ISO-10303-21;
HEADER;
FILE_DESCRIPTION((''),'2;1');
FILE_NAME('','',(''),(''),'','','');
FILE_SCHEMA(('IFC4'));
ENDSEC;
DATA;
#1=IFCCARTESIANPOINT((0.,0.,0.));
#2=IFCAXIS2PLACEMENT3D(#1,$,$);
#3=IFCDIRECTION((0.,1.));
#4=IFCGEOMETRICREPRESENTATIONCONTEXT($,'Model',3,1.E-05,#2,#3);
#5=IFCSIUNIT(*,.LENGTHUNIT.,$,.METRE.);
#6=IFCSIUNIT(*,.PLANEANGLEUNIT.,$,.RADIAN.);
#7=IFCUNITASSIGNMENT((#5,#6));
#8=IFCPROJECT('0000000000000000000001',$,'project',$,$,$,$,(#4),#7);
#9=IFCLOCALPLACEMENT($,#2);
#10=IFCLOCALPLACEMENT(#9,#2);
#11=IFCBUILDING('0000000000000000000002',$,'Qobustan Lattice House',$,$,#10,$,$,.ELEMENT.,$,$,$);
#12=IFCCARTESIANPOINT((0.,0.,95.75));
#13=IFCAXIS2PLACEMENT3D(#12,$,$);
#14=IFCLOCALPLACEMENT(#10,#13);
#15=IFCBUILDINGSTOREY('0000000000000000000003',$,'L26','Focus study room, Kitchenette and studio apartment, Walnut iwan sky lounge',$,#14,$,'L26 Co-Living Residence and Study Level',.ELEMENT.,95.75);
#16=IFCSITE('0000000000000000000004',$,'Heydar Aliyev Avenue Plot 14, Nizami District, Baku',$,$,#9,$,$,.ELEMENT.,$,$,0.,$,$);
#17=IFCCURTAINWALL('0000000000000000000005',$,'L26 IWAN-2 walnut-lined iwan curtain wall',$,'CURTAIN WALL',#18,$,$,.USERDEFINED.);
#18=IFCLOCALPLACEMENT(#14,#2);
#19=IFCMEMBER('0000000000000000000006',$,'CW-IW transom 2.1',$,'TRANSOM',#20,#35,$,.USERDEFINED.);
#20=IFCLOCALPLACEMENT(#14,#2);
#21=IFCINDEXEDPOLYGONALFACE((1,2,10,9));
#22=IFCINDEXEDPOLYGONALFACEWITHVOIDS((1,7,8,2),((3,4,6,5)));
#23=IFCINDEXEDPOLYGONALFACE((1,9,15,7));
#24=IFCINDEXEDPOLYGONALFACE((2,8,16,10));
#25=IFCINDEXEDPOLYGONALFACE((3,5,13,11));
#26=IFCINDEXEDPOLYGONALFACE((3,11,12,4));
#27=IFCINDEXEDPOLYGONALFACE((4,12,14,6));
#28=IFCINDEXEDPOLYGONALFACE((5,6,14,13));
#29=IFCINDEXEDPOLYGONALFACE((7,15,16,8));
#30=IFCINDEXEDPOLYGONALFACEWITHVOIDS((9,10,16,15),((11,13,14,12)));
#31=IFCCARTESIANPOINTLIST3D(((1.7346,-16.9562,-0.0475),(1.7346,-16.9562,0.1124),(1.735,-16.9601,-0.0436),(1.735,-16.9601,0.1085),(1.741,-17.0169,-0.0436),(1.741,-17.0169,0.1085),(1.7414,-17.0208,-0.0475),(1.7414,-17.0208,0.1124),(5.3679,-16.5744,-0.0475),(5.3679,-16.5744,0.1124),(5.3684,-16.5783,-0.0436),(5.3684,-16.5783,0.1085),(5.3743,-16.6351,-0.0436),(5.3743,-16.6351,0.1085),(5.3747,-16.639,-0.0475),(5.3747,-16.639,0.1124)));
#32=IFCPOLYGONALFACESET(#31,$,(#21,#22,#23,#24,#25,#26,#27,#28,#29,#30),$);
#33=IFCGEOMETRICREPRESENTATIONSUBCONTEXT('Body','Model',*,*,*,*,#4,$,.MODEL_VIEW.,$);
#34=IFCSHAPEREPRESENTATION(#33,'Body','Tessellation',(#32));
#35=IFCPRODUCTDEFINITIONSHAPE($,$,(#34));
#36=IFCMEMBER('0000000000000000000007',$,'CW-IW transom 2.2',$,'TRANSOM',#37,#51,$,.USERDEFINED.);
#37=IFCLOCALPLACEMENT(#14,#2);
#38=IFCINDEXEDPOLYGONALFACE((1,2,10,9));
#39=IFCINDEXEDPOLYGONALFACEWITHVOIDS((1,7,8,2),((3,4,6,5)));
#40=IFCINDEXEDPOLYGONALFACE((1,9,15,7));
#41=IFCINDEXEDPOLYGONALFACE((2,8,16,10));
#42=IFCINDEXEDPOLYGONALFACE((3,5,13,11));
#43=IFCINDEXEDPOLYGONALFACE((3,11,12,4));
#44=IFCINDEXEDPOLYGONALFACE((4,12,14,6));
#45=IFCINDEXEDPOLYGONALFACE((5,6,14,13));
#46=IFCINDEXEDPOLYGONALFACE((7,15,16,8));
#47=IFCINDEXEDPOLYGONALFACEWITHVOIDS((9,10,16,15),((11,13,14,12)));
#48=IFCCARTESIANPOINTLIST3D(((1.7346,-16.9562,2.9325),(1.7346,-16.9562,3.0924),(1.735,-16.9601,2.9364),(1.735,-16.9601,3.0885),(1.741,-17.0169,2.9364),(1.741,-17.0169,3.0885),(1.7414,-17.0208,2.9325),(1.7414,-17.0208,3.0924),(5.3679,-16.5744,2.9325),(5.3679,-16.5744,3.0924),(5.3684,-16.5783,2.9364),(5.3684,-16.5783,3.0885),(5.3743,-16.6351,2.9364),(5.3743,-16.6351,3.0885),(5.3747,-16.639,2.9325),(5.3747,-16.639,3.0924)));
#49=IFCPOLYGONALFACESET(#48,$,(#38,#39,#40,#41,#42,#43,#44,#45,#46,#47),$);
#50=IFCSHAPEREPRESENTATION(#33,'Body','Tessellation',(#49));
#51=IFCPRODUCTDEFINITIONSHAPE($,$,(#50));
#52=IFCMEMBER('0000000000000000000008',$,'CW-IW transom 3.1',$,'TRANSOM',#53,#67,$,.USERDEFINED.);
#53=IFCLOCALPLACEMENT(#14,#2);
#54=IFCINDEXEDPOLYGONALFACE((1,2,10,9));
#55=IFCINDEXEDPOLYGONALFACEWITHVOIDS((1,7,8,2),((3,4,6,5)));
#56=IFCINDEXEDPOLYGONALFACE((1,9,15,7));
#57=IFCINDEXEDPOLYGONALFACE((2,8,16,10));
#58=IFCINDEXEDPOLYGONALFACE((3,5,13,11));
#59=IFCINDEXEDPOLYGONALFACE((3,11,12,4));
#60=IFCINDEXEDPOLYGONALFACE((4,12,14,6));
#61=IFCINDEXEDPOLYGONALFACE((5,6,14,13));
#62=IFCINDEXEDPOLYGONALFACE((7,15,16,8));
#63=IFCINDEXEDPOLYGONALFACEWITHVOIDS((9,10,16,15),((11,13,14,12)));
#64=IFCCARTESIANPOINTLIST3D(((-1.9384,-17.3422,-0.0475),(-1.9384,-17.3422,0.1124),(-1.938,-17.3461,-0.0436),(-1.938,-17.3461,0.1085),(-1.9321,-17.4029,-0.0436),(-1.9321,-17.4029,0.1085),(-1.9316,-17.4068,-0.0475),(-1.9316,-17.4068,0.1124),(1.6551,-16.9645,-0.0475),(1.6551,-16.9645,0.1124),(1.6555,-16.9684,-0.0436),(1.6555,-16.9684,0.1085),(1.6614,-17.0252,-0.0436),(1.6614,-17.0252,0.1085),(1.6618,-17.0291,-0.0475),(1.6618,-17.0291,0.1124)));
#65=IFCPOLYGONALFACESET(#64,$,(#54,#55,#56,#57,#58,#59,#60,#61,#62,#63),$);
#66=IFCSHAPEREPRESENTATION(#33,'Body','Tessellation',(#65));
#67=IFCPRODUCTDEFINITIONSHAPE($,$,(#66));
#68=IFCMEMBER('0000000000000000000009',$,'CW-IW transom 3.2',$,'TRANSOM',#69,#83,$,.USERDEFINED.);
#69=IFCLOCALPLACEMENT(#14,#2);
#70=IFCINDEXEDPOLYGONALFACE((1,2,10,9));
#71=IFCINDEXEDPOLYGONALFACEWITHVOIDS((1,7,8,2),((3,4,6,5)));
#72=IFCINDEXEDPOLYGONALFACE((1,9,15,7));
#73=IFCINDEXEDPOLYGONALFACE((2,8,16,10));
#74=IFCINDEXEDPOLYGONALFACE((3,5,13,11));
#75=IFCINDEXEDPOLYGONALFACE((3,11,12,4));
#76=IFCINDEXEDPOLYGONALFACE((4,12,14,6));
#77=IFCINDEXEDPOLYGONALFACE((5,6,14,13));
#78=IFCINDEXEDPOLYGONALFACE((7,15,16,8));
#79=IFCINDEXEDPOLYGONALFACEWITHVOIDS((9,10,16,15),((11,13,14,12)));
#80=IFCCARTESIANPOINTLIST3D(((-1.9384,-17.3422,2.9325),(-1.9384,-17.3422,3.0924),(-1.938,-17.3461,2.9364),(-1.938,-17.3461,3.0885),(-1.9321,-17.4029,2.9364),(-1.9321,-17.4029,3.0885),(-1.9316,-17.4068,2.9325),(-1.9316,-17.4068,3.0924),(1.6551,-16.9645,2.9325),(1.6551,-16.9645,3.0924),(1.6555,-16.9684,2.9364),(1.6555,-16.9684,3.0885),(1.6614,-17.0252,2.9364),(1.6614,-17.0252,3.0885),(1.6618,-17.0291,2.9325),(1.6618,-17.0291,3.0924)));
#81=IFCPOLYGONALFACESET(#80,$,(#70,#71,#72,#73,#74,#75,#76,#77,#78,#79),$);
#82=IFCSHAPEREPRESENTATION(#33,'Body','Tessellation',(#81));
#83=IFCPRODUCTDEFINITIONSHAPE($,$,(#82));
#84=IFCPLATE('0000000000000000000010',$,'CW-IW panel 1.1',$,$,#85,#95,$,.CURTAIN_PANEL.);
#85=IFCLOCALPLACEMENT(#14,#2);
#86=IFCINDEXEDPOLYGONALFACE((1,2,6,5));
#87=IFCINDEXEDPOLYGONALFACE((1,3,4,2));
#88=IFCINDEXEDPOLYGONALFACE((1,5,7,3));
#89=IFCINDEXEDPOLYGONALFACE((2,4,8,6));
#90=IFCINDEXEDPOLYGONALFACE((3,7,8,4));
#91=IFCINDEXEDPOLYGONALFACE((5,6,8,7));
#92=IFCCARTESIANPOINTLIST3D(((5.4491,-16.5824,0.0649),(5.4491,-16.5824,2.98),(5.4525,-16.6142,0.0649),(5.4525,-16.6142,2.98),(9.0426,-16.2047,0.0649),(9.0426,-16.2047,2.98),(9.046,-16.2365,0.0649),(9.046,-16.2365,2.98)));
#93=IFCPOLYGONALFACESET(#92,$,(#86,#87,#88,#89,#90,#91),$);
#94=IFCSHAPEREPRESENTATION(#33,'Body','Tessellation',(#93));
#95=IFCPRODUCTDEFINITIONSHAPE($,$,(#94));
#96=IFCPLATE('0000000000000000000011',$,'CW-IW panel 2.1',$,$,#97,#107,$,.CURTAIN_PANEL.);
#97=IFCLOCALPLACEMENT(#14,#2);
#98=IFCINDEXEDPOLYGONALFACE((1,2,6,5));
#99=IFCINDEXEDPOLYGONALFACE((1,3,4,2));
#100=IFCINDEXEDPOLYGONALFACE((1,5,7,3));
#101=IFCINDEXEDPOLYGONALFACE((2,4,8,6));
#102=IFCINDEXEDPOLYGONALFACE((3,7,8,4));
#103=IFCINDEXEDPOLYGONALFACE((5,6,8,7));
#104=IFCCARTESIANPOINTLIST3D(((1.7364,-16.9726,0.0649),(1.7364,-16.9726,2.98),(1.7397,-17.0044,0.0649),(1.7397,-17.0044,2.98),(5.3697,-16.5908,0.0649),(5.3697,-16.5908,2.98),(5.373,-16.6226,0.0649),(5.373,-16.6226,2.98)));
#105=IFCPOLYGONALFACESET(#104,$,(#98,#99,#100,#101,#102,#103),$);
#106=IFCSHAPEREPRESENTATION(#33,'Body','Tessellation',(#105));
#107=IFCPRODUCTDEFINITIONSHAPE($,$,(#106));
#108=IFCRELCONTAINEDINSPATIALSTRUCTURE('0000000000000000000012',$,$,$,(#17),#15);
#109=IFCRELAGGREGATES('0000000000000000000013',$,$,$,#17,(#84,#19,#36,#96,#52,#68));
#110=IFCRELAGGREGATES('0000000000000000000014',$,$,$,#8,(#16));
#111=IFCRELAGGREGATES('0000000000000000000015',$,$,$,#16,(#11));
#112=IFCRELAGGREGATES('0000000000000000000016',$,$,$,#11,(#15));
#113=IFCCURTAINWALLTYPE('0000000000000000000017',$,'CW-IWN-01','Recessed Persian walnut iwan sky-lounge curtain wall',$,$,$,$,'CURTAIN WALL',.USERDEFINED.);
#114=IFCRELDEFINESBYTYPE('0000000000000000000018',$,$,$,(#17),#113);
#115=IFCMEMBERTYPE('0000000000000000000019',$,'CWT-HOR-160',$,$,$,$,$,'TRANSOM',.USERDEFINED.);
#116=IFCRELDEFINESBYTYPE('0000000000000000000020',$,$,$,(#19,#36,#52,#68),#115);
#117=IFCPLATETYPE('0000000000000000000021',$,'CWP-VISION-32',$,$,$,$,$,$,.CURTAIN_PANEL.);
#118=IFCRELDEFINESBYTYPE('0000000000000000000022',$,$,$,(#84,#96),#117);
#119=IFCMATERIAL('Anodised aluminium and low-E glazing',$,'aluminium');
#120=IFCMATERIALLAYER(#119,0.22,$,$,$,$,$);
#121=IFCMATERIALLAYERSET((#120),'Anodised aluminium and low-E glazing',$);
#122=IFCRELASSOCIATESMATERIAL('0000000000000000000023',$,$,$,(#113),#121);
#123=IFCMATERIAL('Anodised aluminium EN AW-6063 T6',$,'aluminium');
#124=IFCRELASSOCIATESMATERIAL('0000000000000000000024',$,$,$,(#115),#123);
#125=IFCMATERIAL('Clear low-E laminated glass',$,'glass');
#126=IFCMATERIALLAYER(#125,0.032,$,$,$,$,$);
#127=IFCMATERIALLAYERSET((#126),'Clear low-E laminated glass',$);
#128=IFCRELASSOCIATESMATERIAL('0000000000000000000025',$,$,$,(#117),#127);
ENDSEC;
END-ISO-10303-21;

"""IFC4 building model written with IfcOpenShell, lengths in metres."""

from ifc_helpers import new_model, si_unit, direction, frame, origin, origin_2d, place, context, subcontext, project, spatial, rectangle, hollow_rectangle, extrude, material, layer, layer_set, material_profile, profile_set, type_object, element, aggregate, save


model = new_model("IFC4")

# Units and contexts
model_context = context("Model", 3, precision=1e-05, world=origin(), true_north=direction((0.0, 1.0)))
body_context = subcontext(model_context, "Body", "Model", "MODEL_VIEW")
ifc_project = project(units=[si_unit("LENGTHUNIT", "METRE"), si_unit("PLANEANGLEUNIT", "RADIAN")], contexts=[model_context])

# Site, building, storey
site_placement = place(None, origin())
site = spatial("IfcSite", under=ifc_project, at=site_placement, Name="Heydar Aliyev Avenue Plot 14, Nizami District, Baku", CompositionType="ELEMENT", RefElevation=0.0)
building_placement = place(site_placement, origin())
building = spatial("IfcBuilding", under=site, at=building_placement, Name="Qobustan Lattice House", CompositionType="ELEMENT")
storey_placement = place(building_placement, frame((0.0, 0.0, 95.75)))
storey = spatial("IfcBuildingStorey", under=building, at=storey_placement, Name="L26", Description="Focus study room, Kitchenette and studio apartment, Walnut iwan sky lounge", LongName="L26 Co-Living Residence and Study Level", CompositionType="ELEMENT", Elevation=95.75)

# Curtain wall, members, plates
ifc_material_1 = material(Name="Anodised aluminium and low-E glazing", Category="aluminium")
ifc_layer_1 = layer(ifc_material_1, 0.22)
ifc_layer_set_1 = layer_set([ifc_layer_1], Name="Anodised aluminium and low-E glazing")
curtain_wall_type = type_object("IfcCurtainWallType", Name="CW-IWN-01", Description="Recessed Persian walnut iwan sky-lounge curtain wall", ElementType="CURTAIN WALL", PredefinedType="USERDEFINED", material=ifc_layer_set_1)
curtain_wall_placement = place(storey_placement, origin())
curtain_wall = element("IfcCurtainWall", 1, at=curtain_wall_placement, inside=storey, type_object=curtain_wall_type, Name="L26 IWAN-2 walnut-lined iwan curtain wall", ObjectType="CURTAIN WALL", PredefinedType="USERDEFINED")
ifc_material_2 = material(Name="Anodised aluminium EN AW-6063 T6", Category="aluminium")
ifc_material_profile_1 = material_profile(ifc_material_2, hollow_rectangle(XDim=0.0649, YDim=0.1599, WallThickness=0.0039, at=origin_2d()), Name="CWT-160x65")
ifc_profile_set_1 = profile_set([ifc_material_profile_1], Name="Anodised aluminium EN AW-6063 T6")
member_type_1 = type_object("IfcMemberType", Name="CWT-HOR-160", ElementType="TRANSOM", PredefinedType="USERDEFINED", material=ifc_profile_set_1)
member_1_placement = place(storey_placement, frame((5.3713, -16.6067, 0.0325), z_axis=(-0.994523, -0.104518, 0.0), x_axis=(0.104518, -0.994523, 0.0)))
member_1 = element("IfcMember", 2, at=member_1_placement, type_object=member_type_1, Name="CW-IW transom 2.1", ObjectType="TRANSOM", PredefinedType="USERDEFINED", context=body_context, shape_type="SweptSolid", body=[
    extrude(hollow_rectangle(XDim=0.0649, YDim=0.1599, WallThickness=0.0039, at=origin_2d()), origin(), (0.0, 0.0, 1.0), 3.6533),
])
member_2_placement = place(storey_placement, frame((5.3713, -16.6067, 3.0125), z_axis=(-0.994523, -0.104518, 0.0), x_axis=(0.104518, -0.994523, 0.0)))
member_2 = element("IfcMember", 3, at=member_2_placement, type_object=member_type_1, Name="CW-IW transom 2.2", ObjectType="TRANSOM", PredefinedType="USERDEFINED", context=body_context, shape_type="SweptSolid", body=[
    extrude(hollow_rectangle(XDim=0.0649, YDim=0.1599, WallThickness=0.0039, at=origin_2d()), origin(), (0.0, 0.0, 1.0), 3.6533),
])
member_3_placement = place(storey_placement, frame((1.6584, -16.9968, 0.0325), z_axis=(-0.994522, -0.104527, 0.0), x_axis=(0.104527, -0.994522, 0.0)))
member_3 = element("IfcMember", 4, at=member_3_placement, type_object=member_type_1, Name="CW-IW transom 3.1", ObjectType="TRANSOM", PredefinedType="USERDEFINED", context=body_context, shape_type="SweptSolid", body=[
    extrude(hollow_rectangle(XDim=0.0649, YDim=0.1599, WallThickness=0.0039, at=origin_2d()), origin(), (0.0, 0.0, 1.0), 3.6133),
])
member_4_placement = place(storey_placement, frame((1.6584, -16.9968, 3.0125), z_axis=(-0.994522, -0.104527, 0.0), x_axis=(0.104527, -0.994522, 0.0)))
member_4 = element("IfcMember", 5, at=member_4_placement, type_object=member_type_1, Name="CW-IW transom 3.2", ObjectType="TRANSOM", PredefinedType="USERDEFINED", context=body_context, shape_type="SweptSolid", body=[
    extrude(hollow_rectangle(XDim=0.0649, YDim=0.1599, WallThickness=0.0039, at=origin_2d()), origin(), (0.0, 0.0, 1.0), 3.6133),
])
ifc_material_3 = material(Name="Clear low-E laminated glass", Category="glass")
ifc_layer_2 = layer(ifc_material_3, 0.032)
ifc_layer_set_2 = layer_set([ifc_layer_2], Name="Clear low-E laminated glass")
plate_type = type_object("IfcPlateType", Name="CWP-VISION-32", PredefinedType="CURTAIN_PANEL", material=ifc_layer_set_2)
plate_1_placement = place(storey_placement, frame((7.2476, -16.4094, 0.0649), z_axis=(0.0, 0.0, 1.0), x_axis=(-0.994522, -0.104526, 0.0)))
plate_1 = element("IfcPlate", 6, at=plate_1_placement, type_object=plate_type, Name="CW-IW panel 1.1", PredefinedType="CURTAIN_PANEL", context=body_context, shape_type="SweptSolid", body=[
    extrude(rectangle(XDim=3.6133, YDim=0.032, at=origin_2d()), origin(), (0.0, 0.0, 1.0), 2.915),
])
plate_2_placement = place(storey_placement, frame((3.5547, -16.7976, 0.0649), z_axis=(0.0, 0.0, 1.0), x_axis=(-0.994522, -0.104526, 0.0)))
plate_2 = element("IfcPlate", 7, at=plate_2_placement, type_object=plate_type, Name="CW-IW panel 2.1", PredefinedType="CURTAIN_PANEL", context=body_context, shape_type="SweptSolid", body=[
    extrude(rectangle(XDim=3.6533, YDim=0.032, at=origin_2d()), origin(), (0.0, 0.0, 1.0), 2.915),
])
aggregate(curtain_wall, [plate_1, member_1, member_2, plate_2, member_3, member_4])

save(model, "model.ifc")
